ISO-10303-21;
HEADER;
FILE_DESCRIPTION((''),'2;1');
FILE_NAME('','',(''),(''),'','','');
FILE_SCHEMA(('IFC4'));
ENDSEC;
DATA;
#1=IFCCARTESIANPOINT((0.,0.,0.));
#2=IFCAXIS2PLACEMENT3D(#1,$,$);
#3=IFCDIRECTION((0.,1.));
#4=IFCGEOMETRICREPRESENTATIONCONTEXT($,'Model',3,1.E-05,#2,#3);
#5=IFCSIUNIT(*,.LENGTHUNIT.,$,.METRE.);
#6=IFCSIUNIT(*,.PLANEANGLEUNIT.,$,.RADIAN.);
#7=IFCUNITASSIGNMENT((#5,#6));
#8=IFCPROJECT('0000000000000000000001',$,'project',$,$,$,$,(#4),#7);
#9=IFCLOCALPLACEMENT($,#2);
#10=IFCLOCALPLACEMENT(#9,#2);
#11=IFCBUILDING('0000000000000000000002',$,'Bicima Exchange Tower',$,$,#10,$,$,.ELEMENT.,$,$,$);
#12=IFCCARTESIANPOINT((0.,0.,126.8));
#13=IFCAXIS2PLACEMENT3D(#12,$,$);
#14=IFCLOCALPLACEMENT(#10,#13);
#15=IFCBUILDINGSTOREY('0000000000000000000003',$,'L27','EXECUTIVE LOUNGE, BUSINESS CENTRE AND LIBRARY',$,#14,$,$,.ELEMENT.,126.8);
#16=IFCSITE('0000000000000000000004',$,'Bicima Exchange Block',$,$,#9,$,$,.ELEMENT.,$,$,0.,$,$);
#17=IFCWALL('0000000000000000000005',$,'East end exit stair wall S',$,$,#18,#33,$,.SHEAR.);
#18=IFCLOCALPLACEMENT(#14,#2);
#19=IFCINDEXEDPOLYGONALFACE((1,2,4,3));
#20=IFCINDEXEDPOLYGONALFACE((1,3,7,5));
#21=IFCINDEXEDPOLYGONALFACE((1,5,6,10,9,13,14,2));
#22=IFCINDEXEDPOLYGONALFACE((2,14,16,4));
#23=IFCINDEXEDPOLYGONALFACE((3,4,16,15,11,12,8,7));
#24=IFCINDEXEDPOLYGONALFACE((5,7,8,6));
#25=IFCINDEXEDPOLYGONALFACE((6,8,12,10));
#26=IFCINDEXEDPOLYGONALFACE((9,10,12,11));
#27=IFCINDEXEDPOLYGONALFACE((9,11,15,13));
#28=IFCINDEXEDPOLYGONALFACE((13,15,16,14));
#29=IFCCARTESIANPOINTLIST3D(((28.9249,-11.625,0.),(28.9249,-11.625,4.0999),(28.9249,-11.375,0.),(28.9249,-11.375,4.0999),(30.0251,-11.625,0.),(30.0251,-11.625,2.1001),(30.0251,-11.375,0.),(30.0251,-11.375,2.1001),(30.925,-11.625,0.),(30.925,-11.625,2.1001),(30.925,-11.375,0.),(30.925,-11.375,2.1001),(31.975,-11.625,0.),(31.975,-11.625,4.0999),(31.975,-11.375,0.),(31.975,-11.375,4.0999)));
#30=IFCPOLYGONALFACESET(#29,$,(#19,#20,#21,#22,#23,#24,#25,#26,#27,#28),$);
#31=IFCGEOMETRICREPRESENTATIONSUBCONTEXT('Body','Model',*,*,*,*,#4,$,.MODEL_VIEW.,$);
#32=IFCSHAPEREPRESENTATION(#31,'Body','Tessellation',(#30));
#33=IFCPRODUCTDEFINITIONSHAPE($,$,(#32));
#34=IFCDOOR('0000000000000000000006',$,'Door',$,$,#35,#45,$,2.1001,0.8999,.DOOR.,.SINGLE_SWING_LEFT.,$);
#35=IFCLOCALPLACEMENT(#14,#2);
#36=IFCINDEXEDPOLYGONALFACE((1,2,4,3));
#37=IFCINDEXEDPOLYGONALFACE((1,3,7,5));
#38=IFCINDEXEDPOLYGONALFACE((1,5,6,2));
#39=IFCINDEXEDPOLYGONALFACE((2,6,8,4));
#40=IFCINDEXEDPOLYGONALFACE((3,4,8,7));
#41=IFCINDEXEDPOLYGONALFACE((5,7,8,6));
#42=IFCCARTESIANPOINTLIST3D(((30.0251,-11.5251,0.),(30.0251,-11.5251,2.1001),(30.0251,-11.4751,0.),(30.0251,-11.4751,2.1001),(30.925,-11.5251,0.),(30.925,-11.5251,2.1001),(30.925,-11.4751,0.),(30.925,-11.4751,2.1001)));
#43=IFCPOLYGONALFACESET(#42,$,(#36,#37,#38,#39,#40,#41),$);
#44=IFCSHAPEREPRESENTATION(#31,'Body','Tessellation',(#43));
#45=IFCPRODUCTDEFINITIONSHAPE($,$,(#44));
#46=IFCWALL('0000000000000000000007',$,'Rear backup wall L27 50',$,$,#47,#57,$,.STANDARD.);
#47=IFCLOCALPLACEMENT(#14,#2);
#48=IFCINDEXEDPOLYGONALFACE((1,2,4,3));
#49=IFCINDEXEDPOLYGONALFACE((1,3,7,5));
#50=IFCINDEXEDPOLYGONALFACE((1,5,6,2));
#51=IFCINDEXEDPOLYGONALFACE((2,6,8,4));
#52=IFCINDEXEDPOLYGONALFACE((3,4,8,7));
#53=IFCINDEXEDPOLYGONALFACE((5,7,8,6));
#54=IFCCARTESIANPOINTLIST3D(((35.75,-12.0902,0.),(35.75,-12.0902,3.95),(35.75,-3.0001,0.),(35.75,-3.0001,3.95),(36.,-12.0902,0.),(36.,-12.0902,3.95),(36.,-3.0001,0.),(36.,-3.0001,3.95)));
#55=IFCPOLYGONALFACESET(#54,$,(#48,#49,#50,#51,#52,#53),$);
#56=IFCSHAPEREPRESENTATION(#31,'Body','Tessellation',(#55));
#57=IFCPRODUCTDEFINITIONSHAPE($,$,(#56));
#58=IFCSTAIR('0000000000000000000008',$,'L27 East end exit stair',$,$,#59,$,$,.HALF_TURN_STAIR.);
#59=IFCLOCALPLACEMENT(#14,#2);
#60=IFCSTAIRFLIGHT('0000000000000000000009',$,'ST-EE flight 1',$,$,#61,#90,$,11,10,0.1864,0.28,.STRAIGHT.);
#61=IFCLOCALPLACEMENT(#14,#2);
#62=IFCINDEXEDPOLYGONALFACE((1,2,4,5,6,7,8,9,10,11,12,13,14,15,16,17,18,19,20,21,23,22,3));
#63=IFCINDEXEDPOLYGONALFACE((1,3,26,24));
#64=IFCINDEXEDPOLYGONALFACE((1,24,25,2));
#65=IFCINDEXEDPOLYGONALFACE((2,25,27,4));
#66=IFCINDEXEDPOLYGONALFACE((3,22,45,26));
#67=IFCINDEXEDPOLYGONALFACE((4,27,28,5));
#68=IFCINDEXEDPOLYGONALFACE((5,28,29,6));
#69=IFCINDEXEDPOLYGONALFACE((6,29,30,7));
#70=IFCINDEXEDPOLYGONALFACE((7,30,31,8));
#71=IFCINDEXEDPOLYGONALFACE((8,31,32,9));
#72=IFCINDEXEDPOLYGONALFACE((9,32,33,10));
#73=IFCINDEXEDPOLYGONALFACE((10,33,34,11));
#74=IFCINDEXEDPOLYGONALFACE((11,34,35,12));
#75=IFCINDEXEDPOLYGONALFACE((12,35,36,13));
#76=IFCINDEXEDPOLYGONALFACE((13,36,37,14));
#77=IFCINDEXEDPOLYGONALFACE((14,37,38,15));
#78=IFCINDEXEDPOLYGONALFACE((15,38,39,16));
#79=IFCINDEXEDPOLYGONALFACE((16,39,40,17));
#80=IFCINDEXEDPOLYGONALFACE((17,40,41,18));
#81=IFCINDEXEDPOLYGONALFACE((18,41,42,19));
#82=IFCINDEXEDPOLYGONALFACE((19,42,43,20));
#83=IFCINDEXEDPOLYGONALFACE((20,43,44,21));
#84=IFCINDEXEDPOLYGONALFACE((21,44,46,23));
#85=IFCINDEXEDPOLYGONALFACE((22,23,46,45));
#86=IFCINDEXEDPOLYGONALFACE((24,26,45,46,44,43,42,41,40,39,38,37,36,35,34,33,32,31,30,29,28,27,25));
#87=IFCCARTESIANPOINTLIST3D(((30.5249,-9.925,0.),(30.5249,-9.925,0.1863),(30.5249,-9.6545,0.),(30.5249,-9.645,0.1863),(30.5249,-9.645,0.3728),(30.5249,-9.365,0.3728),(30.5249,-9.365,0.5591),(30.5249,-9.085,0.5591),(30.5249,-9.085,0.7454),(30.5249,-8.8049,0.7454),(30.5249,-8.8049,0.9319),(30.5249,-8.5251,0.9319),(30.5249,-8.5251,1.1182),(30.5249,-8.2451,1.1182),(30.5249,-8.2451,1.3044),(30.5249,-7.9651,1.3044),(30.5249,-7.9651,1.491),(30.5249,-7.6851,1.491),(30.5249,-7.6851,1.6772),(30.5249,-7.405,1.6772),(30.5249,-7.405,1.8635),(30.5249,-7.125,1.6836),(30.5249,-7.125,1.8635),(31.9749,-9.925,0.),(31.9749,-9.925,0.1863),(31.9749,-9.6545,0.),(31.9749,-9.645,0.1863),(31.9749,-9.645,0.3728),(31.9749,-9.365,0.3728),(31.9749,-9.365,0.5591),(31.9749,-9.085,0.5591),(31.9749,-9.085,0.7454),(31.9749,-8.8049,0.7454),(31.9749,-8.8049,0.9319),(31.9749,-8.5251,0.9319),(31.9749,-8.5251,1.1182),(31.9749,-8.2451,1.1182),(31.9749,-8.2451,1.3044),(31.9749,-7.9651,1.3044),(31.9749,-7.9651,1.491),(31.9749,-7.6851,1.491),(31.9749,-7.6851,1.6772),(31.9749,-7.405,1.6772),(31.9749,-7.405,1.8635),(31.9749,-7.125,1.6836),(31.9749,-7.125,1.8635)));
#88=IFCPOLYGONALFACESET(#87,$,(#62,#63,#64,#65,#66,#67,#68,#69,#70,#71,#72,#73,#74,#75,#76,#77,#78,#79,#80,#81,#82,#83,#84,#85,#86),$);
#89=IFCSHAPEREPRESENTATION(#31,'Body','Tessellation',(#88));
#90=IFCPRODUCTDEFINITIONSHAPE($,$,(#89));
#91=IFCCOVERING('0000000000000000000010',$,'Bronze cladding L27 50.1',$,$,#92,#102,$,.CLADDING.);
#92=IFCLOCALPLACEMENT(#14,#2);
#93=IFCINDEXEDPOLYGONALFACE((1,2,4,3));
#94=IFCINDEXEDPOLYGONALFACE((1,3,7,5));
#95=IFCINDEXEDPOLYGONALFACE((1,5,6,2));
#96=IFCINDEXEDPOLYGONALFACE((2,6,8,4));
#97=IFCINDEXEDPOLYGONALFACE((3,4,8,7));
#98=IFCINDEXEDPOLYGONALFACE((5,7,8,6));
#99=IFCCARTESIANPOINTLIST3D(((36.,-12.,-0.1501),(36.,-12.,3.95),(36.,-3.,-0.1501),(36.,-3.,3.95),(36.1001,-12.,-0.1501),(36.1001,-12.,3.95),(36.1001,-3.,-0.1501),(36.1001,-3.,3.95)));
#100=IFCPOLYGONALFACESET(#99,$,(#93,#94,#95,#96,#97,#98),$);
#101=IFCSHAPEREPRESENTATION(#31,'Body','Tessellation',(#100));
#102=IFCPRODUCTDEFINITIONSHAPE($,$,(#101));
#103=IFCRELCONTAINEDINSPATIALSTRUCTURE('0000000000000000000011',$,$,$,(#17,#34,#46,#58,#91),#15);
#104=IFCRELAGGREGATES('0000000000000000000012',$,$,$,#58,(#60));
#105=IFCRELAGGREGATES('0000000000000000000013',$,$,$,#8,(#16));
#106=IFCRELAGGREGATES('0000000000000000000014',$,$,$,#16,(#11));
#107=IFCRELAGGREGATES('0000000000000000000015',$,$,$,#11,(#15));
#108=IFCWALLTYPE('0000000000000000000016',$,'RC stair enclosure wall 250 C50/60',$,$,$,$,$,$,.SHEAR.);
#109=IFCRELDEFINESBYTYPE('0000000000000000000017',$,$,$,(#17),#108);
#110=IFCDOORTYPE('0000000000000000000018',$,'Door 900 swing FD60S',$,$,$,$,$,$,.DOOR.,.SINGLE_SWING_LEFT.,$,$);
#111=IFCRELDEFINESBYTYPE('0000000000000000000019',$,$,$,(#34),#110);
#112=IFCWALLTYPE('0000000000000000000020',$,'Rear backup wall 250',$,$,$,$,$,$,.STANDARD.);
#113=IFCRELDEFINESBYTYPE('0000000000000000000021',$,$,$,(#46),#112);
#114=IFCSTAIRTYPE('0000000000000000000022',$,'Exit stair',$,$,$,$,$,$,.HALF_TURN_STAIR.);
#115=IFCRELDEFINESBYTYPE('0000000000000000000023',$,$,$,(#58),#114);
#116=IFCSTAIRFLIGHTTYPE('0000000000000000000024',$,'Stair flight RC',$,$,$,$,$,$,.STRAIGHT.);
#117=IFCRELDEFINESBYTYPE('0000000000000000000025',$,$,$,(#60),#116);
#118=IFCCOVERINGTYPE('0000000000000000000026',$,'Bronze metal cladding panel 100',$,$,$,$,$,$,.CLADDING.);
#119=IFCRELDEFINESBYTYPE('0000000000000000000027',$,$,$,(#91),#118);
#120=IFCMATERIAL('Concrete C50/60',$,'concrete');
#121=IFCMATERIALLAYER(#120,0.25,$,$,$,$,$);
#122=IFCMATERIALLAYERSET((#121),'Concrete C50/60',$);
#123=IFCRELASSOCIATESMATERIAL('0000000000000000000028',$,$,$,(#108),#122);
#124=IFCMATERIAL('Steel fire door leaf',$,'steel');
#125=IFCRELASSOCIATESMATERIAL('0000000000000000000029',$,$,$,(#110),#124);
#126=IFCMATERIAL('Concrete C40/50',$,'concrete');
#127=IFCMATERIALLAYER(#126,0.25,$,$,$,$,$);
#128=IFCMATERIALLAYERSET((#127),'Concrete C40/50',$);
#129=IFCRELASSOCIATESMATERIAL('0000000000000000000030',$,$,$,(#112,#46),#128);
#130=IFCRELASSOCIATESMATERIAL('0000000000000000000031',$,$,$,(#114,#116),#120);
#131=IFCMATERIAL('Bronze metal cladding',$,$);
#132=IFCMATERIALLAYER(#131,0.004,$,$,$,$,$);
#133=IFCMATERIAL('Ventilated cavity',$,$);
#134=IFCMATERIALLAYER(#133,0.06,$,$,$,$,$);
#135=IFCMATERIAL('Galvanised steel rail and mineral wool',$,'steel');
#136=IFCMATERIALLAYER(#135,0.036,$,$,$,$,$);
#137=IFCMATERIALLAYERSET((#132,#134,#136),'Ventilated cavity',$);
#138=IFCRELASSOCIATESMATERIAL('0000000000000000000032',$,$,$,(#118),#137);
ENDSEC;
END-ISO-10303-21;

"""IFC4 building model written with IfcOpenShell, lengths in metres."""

from ifc_helpers import new_model, si_unit, direction, frame, frame_2d, origin, origin_2d, place, context, subcontext, project, spatial, polyline, rectangle, outline, extrude, material, layer, layer_set, layer_usage, type_object, element, fill, aggregate, save


model = new_model("IFC4")

# Units and contexts
model_context = context("Model", 3, precision=1e-05, world=origin(), true_north=direction((0.0, 1.0)))
body_context = subcontext(model_context, "Body", "Model", "MODEL_VIEW")
ifc_project = project(units=[si_unit("LENGTHUNIT", "METRE"), si_unit("PLANEANGLEUNIT", "RADIAN")], contexts=[model_context])

# Site, building, storey
site_placement = place(None, origin())
site = spatial("IfcSite", under=ifc_project, at=site_placement, Name="Bicima Exchange Block", CompositionType="ELEMENT", RefElevation=0.0)
building_placement = place(site_placement, origin())
building = spatial("IfcBuilding", under=site, at=building_placement, Name="Bicima Exchange Tower", CompositionType="ELEMENT")
storey_placement = place(building_placement, frame((0.0, 0.0, 126.8)))
storey = spatial("IfcBuildingStorey", under=building, at=storey_placement, Name="L27", Description="EXECUTIVE LOUNGE, BUSINESS CENTRE AND LIBRARY", CompositionType="ELEMENT", Elevation=126.8)

# Shared definitions
ifc_material_1 = material(Name="Steel fire door leaf", Category="steel")

# Shared definitions
ifc_material_2 = material(Name="Concrete C50/60", Category="concrete")
ifc_layer_1 = layer(ifc_material_2, 0.25)
ifc_layer_set_1 = layer_set([ifc_layer_1], Name="Concrete C50/60")
wall_type_1 = type_object("IfcWallType", Name="RC stair enclosure wall 250 C50/60", PredefinedType="SHEAR", material=ifc_layer_set_1)

# Wall, opening, door
wall_1_placement = place(storey_placement, frame((28.925, -11.5, 0.0), z_axis=(0.0, 0.0, 1.0), x_axis=(1.0, 0.0, 0.0)))
wall_1 = element("IfcWall", 1, at=wall_1_placement, inside=storey, type_object=wall_type_1, Name="East end exit stair wall S", PredefinedType="SHEAR", context=body_context, shape_type="SweptSolid", body=[
    extrude(rectangle(XDim=3.05, YDim=0.25, at=frame_2d((1.5249, 0.0))), origin(), (0.0, 0.0, 1.0), 4.0999),
])
opening_1_placement = place(wall_1_placement, frame((1.1001, 0.0, 0.0)))
opening_1 = element("IfcOpeningElement", 2, at=opening_1_placement, cuts=wall_1, PredefinedType="OPENING", context=body_context, shape_type="SweptSolid", body=[
    extrude(rectangle(XDim=0.8999, YDim=2.1001, at=frame_2d((0.45, 1.05))), frame((0.0, 0.137, 0.0), z_axis=(0.0, -1.0, 0.0), x_axis=(1.0, 0.0, 0.0)), (0.0, 0.0, 1.0), 0.2739),
])
door_type_1 = type_object("IfcDoorType", Name="Door 900 swing FD60S", OperationType="SINGLE_SWING_LEFT", PredefinedType="DOOR", material=ifc_material_1)
door_1_placement = place(opening_1_placement, origin())
door_1 = element("IfcDoor", 3, at=door_1_placement, inside=storey, type_object=door_type_1, Name="Door", OperationType="SINGLE_SWING_LEFT", OverallHeight=2.1001, OverallWidth=0.8999, PredefinedType="DOOR", context=body_context, shape_type="SweptSolid", body=[
    extrude(rectangle(XDim=0.8999, YDim=2.1001, at=frame_2d((0.45, 1.05))), frame((0.0, 0.0249, 0.0), z_axis=(0.0, -1.0, 0.0), x_axis=(1.0, 0.0, 0.0)), (0.0, 0.0, 1.0), 0.05),
])
fill(opening_1, door_1)

# Wall
ifc_material_3 = material(Name="Concrete C40/50", Category="concrete")
ifc_layer_2 = layer(ifc_material_3, 0.25)
ifc_layer_set_2 = layer_set([ifc_layer_2], Name="Concrete C40/50")
ifc_layer_usage = layer_usage(ifc_layer_set_2, "AXIS2", "POSITIVE", -0.125)
wall_type_2 = type_object("IfcWallType", Name="Rear backup wall 250", PredefinedType="STANDARD", material=ifc_layer_set_2)
wall_2_placement = place(storey_placement, frame((35.875, -12.0901, 0.0), z_axis=(0.0, 0.0, 1.0), x_axis=(0.0, 1.0, 0.0)))
element("IfcWall", 4, at=wall_2_placement, inside=storey, type_object=wall_type_2, material=ifc_layer_usage, Name="Rear backup wall L27 50", PredefinedType="STANDARD", context=body_context, shape_type="SweptSolid", body=[
    extrude(rectangle(XDim=9.0901, YDim=0.25, at=frame_2d((4.5449, 0.0))), origin(), (0.0, 0.0, 1.0), 3.95),
])

# Stair, stair flight
stair_type = type_object("IfcStairType", Name="Exit stair", PredefinedType="HALF_TURN_STAIR", material=ifc_material_2)
stair_placement = place(storey_placement, origin())
stair = element("IfcStair", 5, at=stair_placement, inside=storey, type_object=stair_type, Name="L27 East end exit stair", PredefinedType="HALF_TURN_STAIR")
stair_flight_type = type_object("IfcStairFlightType", Name="Stair flight RC", PredefinedType="STRAIGHT", material=ifc_material_2)
stair_flight_placement = place(storey_placement, frame((31.25, -9.925, 0.0), z_axis=(0.0, 0.0, 1.0), x_axis=(0.0, 1.0, 0.0)))
stair_flight = element("IfcStairFlight", 6, at=stair_flight_placement, type_object=stair_flight_type, Name="ST-EE flight 1", NumberOfRisers=11, NumberOfTreads=10, PredefinedType="STRAIGHT", RiserHeight=0.1864, TreadLength=0.28, context=body_context, shape_type="SweptSolid", body=[
    extrude(outline(polyline([(0.0, 0.0), (0.0, 0.1863), (0.28, 0.1863), (0.28, 0.3728), (0.5601, 0.3728), (0.5601, 0.5591), (0.8401, 0.5591), (0.8401, 0.7454), (1.1201, 0.7454), (1.1201, 0.9319), (1.3999, 0.9319), (1.3999, 1.1182), (1.6799, 1.1182), (1.6799, 1.3044), (1.96, 1.3044), (1.96, 1.491), (2.24, 1.491), (2.24, 1.6772), (2.52, 1.6772), (2.52, 1.8635), (2.8, 1.8635), (2.8, 2.05), (2.8, 1.6836), (0.2705, 0.0), (0.0, 0.0)])), frame((0.0, 0.7251, 0.0), z_axis=(0.0, -1.0, 0.0), x_axis=(1.0, 0.0, 0.0)), (0.0, 0.0, 1.0), 1.45),
])
aggregate(stair, [stair_flight])

# Covering
ifc_material_4 = material(Name="Bronze metal cladding")
ifc_layer_3 = layer(ifc_material_4, 0.004)
ifc_material_5 = material(Name="Ventilated cavity")
ifc_layer_4 = layer(ifc_material_5, 0.06)
ifc_material_6 = material(Name="Galvanised steel rail and mineral wool", Category="steel")
ifc_layer_5 = layer(ifc_material_6, 0.036)
ifc_layer_set_3 = layer_set([ifc_layer_3, ifc_layer_4, ifc_layer_5], Name="Ventilated cavity")
covering_type = type_object("IfcCoveringType", Name="Bronze metal cladding panel 100", PredefinedType="CLADDING", material=ifc_layer_set_3)
covering_placement = place(storey_placement, frame((36.05, -7.5, -0.1501), z_axis=(0.0, 0.0, 1.0), x_axis=(0.0, 1.0, 0.0)))
element("IfcCovering", 7, at=covering_placement, inside=storey, type_object=covering_type, Name="Bronze cladding L27 50.1", PredefinedType="CLADDING", context=body_context, shape_type="SweptSolid", body=[
    extrude(rectangle(XDim=9.0, YDim=0.1001, at=origin_2d()), origin(), (0.0, 0.0, 1.0), 4.1001),
])

save(model, "model.ifc")
